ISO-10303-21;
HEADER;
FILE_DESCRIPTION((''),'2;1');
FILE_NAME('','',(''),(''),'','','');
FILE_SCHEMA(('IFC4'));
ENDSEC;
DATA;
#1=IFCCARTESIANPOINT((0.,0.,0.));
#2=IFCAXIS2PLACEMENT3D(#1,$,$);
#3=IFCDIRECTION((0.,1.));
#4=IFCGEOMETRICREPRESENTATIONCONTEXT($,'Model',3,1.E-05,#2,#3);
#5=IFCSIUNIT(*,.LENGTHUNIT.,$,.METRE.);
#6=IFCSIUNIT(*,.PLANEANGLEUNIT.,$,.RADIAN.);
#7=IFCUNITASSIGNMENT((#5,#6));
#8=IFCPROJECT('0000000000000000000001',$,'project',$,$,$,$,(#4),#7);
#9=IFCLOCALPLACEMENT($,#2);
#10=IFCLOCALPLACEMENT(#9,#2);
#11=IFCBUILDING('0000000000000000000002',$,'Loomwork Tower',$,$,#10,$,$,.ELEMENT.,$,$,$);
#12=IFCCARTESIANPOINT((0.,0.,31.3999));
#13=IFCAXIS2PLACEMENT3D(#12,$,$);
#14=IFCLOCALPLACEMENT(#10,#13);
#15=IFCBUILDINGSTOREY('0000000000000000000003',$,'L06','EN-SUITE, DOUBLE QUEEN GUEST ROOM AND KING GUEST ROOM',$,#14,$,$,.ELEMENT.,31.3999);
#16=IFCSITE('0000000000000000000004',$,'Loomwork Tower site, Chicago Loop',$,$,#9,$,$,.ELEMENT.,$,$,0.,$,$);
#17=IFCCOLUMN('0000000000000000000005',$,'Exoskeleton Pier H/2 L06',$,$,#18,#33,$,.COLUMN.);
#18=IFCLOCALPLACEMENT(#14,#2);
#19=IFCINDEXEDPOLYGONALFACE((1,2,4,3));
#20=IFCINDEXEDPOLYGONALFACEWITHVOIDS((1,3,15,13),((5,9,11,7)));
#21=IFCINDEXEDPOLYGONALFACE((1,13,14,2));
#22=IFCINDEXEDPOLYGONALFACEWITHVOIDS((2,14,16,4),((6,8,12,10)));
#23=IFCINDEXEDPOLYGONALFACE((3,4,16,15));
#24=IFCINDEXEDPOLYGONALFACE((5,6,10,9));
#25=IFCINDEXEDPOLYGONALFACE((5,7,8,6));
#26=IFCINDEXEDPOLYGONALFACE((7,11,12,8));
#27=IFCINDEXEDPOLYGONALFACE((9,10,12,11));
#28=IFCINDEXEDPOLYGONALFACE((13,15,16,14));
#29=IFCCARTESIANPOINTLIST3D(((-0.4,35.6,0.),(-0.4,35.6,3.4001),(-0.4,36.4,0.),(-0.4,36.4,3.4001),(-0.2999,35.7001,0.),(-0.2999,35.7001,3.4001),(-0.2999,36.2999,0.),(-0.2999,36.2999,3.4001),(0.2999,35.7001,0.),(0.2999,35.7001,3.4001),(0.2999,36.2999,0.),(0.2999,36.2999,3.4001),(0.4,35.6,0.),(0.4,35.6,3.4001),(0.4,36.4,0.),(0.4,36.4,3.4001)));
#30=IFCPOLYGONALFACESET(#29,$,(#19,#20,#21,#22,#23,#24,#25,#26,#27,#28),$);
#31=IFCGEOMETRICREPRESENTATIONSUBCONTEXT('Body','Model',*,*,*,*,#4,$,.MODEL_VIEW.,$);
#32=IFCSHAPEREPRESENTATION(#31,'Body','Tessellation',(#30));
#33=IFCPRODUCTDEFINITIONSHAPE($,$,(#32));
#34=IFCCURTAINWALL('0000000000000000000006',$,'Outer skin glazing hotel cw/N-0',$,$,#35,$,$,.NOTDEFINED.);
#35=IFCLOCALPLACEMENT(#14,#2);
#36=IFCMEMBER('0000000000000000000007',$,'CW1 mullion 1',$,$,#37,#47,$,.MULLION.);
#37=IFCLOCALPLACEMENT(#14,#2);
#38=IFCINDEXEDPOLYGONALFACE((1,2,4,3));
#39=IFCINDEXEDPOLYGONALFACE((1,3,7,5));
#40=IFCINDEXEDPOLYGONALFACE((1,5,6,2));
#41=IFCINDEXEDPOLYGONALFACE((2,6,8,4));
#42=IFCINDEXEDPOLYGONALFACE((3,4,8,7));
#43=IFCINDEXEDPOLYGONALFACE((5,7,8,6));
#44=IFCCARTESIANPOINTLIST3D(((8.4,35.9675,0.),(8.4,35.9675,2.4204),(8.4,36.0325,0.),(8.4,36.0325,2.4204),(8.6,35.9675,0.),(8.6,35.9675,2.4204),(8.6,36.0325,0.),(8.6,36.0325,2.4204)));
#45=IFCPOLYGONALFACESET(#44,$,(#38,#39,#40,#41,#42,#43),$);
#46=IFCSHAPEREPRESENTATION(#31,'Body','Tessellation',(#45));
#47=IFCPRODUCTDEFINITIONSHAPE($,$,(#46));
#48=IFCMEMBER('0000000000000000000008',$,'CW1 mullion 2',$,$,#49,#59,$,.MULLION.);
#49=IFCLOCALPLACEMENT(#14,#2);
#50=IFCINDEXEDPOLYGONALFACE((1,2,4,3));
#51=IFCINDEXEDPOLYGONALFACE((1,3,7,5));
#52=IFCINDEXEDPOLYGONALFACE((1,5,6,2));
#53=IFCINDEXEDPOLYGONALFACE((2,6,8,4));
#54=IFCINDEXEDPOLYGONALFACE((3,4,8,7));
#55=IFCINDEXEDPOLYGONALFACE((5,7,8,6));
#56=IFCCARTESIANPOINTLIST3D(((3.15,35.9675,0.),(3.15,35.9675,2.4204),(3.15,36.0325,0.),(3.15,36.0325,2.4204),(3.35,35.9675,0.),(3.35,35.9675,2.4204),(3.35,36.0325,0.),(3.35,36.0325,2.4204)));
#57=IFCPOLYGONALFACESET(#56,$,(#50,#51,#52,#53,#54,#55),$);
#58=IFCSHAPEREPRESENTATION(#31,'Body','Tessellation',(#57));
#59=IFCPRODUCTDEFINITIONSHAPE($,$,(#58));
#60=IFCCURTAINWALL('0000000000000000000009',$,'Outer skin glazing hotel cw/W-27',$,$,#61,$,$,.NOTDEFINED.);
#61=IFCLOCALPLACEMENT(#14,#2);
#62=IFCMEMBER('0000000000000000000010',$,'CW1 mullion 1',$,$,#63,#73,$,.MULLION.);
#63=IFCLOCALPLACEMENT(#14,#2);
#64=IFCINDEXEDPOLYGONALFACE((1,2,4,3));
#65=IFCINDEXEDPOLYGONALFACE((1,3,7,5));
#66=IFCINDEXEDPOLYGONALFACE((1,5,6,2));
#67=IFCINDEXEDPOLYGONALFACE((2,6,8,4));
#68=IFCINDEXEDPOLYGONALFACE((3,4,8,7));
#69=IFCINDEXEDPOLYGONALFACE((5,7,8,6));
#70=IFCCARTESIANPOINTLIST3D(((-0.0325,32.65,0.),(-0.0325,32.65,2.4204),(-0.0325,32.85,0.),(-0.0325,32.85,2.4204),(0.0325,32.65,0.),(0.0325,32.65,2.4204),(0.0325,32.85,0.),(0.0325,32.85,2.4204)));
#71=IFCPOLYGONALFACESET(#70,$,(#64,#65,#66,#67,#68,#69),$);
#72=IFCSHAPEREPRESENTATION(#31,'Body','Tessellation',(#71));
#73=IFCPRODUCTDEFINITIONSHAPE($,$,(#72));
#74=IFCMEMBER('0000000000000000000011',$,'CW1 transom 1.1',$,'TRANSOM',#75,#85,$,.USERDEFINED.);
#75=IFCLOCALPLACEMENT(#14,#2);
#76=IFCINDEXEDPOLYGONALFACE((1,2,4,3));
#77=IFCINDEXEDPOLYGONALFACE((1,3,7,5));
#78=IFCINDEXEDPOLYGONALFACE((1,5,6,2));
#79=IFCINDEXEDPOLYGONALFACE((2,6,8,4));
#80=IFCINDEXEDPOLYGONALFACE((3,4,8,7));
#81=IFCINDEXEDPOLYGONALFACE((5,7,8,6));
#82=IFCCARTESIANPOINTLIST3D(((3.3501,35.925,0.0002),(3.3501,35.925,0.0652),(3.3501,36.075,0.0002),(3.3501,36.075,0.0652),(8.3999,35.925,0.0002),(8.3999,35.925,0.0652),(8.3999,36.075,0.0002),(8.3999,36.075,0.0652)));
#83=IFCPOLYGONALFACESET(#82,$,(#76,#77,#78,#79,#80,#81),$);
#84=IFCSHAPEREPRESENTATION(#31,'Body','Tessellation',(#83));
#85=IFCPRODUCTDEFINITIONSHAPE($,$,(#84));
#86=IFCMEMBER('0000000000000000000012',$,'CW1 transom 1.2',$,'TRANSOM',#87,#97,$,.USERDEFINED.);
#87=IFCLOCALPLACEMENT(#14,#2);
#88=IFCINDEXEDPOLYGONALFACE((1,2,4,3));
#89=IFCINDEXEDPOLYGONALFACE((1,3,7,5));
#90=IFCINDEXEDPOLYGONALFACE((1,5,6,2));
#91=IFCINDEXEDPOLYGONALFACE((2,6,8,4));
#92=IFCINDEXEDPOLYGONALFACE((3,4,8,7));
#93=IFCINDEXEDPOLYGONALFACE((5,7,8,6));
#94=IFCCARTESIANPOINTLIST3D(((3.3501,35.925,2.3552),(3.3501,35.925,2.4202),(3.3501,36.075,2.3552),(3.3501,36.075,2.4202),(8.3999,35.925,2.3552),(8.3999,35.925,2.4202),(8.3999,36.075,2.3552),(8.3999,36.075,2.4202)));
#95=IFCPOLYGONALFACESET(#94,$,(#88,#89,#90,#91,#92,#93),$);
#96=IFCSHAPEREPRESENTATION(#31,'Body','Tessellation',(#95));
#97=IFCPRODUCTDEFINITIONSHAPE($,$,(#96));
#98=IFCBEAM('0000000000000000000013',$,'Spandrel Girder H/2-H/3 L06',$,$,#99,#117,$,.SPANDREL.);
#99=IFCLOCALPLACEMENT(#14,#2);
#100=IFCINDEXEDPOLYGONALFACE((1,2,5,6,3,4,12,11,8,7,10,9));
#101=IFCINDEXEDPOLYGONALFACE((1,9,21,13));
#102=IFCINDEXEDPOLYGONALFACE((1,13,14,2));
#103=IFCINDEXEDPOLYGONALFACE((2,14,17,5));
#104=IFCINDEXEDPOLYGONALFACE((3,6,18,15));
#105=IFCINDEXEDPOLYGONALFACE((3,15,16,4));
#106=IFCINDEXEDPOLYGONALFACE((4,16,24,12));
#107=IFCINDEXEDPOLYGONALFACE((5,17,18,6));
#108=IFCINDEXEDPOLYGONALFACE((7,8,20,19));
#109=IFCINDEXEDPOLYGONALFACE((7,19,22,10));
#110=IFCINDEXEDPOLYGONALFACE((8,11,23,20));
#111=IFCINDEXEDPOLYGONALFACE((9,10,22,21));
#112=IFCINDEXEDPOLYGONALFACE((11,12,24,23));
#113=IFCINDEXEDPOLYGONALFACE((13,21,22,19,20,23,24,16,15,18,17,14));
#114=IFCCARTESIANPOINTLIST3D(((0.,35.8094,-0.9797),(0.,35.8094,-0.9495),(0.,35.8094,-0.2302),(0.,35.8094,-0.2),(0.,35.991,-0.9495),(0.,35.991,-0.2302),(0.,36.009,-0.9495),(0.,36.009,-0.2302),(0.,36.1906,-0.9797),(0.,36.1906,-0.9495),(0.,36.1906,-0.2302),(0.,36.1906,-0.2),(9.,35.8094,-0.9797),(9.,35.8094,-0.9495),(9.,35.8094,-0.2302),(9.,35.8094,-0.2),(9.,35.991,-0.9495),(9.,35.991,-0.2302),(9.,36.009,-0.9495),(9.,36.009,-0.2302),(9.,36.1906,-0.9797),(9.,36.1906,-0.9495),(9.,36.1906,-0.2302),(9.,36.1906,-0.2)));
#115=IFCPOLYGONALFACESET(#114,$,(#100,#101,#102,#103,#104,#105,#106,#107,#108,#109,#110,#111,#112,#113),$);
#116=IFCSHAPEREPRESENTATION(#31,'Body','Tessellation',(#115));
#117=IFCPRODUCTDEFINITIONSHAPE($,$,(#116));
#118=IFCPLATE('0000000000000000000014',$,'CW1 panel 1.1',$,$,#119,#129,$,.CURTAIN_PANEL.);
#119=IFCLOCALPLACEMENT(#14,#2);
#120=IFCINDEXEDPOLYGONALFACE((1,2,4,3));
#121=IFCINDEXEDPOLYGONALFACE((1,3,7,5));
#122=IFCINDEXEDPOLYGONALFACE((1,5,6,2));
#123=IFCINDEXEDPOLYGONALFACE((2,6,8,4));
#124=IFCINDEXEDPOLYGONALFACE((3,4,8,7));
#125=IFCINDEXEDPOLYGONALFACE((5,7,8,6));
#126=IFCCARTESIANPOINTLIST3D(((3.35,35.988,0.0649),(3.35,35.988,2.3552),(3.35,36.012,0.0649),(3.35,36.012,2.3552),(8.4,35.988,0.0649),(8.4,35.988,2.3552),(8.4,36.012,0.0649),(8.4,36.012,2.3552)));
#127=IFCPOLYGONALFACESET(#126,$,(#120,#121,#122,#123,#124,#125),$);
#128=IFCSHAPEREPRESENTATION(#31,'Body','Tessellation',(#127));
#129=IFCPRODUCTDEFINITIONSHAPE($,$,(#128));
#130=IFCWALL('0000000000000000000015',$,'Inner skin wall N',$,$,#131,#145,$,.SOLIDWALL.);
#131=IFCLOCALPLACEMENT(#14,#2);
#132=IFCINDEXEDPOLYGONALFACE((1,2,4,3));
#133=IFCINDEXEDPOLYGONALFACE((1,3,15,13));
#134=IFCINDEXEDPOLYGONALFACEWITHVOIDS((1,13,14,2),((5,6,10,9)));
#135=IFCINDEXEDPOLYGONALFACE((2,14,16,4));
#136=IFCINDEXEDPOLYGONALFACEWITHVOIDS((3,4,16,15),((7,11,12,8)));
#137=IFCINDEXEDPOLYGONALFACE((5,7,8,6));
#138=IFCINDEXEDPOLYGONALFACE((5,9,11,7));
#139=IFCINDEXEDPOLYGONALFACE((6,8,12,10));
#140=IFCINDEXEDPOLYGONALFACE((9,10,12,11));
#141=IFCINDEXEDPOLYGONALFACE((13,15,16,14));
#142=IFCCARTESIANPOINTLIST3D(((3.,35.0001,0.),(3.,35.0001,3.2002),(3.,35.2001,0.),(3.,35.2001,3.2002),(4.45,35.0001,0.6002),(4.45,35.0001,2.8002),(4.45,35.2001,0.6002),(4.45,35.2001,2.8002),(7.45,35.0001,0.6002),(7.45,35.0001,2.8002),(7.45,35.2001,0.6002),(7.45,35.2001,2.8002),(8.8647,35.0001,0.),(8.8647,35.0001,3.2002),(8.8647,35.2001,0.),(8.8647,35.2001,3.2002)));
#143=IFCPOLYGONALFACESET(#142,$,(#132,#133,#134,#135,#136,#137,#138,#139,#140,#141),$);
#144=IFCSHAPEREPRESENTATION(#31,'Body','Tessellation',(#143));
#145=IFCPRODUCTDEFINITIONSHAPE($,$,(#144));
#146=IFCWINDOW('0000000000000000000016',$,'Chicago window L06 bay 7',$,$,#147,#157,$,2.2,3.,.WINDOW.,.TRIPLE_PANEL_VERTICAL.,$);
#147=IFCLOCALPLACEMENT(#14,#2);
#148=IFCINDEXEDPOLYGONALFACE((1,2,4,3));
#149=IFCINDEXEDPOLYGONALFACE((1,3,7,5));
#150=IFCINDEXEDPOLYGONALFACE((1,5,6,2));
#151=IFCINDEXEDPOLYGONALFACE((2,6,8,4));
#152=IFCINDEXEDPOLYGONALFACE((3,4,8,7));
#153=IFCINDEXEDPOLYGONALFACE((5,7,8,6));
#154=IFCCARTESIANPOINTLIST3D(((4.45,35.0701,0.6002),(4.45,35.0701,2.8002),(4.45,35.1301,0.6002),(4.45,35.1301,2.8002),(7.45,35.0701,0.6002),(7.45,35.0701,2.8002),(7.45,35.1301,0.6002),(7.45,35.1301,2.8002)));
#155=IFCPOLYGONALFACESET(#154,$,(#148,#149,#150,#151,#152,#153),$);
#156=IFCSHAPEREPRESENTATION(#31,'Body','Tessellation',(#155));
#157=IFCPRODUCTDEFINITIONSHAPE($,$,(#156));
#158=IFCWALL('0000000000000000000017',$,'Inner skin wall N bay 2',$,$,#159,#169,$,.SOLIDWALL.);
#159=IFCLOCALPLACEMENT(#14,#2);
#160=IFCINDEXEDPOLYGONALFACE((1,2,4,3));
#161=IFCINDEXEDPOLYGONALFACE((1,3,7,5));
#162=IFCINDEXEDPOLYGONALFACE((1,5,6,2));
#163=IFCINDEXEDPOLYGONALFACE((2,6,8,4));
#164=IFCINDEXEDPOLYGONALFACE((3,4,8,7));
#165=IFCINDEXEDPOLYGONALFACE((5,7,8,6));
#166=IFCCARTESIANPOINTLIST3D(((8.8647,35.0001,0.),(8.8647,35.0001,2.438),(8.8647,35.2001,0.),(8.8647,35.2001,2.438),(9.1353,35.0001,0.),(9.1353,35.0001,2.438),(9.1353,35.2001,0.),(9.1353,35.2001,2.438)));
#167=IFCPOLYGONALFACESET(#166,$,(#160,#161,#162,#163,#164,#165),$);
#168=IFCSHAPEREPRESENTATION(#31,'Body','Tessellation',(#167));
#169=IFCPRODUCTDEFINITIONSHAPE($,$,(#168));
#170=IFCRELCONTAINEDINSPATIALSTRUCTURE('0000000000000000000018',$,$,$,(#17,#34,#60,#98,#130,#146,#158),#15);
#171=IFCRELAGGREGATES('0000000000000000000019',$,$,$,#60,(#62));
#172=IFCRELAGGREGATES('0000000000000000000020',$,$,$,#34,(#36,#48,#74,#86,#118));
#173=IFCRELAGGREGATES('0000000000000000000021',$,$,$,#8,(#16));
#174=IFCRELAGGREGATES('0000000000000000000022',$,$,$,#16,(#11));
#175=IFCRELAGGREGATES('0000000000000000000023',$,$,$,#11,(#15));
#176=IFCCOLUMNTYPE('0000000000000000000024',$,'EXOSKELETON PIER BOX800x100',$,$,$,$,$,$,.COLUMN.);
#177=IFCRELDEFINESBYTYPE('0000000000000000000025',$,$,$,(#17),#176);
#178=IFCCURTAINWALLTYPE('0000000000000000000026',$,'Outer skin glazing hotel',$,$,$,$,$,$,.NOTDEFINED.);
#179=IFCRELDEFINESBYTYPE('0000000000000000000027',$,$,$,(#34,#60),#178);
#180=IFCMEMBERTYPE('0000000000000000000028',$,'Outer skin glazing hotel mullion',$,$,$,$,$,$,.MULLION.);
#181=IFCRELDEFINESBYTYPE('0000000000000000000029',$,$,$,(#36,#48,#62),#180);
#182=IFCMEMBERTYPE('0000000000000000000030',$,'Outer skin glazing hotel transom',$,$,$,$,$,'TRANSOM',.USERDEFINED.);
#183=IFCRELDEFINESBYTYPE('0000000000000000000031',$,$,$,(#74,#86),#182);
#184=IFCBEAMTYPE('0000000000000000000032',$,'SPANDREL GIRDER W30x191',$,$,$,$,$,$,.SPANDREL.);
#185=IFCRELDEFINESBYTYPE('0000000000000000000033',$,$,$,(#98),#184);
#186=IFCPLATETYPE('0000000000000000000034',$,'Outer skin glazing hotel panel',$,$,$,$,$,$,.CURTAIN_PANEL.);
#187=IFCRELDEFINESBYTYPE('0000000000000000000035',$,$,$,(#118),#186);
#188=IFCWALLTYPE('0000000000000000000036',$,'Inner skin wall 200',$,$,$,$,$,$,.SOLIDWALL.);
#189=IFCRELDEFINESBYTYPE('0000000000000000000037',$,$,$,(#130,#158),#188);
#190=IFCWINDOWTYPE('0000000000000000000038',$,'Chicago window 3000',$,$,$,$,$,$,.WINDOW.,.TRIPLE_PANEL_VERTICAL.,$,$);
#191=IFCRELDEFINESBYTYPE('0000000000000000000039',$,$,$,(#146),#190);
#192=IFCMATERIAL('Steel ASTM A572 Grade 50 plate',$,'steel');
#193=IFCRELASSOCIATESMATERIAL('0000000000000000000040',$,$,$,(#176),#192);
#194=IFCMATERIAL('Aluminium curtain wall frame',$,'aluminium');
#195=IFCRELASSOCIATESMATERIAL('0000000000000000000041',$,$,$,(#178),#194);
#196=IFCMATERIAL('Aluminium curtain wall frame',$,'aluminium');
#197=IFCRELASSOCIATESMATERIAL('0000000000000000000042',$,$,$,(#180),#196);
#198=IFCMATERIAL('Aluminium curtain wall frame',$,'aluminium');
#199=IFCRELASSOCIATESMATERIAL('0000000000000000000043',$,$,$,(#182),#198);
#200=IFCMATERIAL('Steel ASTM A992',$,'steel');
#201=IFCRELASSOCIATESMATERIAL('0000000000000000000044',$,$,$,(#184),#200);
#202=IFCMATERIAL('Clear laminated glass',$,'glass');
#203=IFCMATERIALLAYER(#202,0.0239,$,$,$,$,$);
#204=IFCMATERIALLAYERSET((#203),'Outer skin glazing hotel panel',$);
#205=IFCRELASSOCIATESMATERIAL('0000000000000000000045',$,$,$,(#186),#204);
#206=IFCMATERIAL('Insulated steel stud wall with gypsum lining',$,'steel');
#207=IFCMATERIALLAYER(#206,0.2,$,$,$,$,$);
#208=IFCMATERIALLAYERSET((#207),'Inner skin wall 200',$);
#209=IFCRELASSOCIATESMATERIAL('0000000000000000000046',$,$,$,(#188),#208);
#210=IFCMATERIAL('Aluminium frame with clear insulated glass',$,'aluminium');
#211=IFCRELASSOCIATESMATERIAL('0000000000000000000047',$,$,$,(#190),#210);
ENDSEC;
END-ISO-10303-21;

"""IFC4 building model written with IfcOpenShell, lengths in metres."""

from ifc_helpers import new_model, si_unit, direction, frame, frame_2d, origin, origin_2d, place, context, subcontext, project, spatial, rectangle, hollow_rectangle, i_section, extrude, material, layer, layer_set, material_profile, profile_set, type_object, element, fill, aggregate, save


model = new_model("IFC4")

# Units and contexts
model_context = context("Model", 3, precision=1e-05, world=origin(), true_north=direction((0.0, 1.0)))
body_context = subcontext(model_context, "Body", "Model", "MODEL_VIEW")
ifc_project = project(units=[si_unit("LENGTHUNIT", "METRE"), si_unit("PLANEANGLEUNIT", "RADIAN")], contexts=[model_context])

# Site, building, storey
site_placement = place(None, origin())
site = spatial("IfcSite", under=ifc_project, at=site_placement, Name="Loomwork Tower site, Chicago Loop", CompositionType="ELEMENT", RefElevation=0.0)
building_placement = place(site_placement, origin())
building = spatial("IfcBuilding", under=site, at=building_placement, Name="Loomwork Tower", CompositionType="ELEMENT")
storey_placement = place(building_placement, frame((0.0, 0.0, 31.3999)))
storey = spatial("IfcBuildingStorey", under=building, at=storey_placement, Name="L06", Description="EN-SUITE, DOUBLE QUEEN GUEST ROOM AND KING GUEST ROOM", CompositionType="ELEMENT", Elevation=31.3999)

# Column
ifc_material_1 = material(Name="Steel ASTM A572 Grade 50 plate", Category="steel")
ifc_material_profile_1 = material_profile(ifc_material_1, hollow_rectangle(XDim=0.8, YDim=0.8, WallThickness=0.1001, at=origin_2d()), Name="BOX800x100")
ifc_profile_set_1 = profile_set([ifc_material_profile_1], Name="Steel ASTM A572 Grade 50 plate")
column_type = type_object("IfcColumnType", Name="EXOSKELETON PIER BOX800x100", PredefinedType="COLUMN", material=ifc_profile_set_1)
column_placement = place(storey_placement, frame((0.0, 36.0, 0.0), z_axis=(0.0, 0.0, 1.0), x_axis=(1.0, 0.0, 0.0)))
element("IfcColumn", 1, at=column_placement, inside=storey, type_object=column_type, Name="Exoskeleton Pier H/2 L06", PredefinedType="COLUMN", context=body_context, shape_type="SweptSolid", body=[
    extrude(hollow_rectangle(XDim=0.8, YDim=0.8, WallThickness=0.1001, at=origin_2d()), origin(), (0.0, 0.0, 1.0), 3.4001),
])

# Curtain wall, members
ifc_material_2 = material(Name="Aluminium curtain wall frame", Category="aluminium")
curtain_wall_type = type_object("IfcCurtainWallType", Name="Outer skin glazing hotel", PredefinedType="NOTDEFINED", material=ifc_material_2)
curtain_wall_1_placement = place(storey_placement, origin())
curtain_wall_1 = element("IfcCurtainWall", 2, at=curtain_wall_1_placement, inside=storey, type_object=curtain_wall_type, Name="Outer skin glazing hotel cw/N-0", PredefinedType="NOTDEFINED")
ifc_material_3 = material(Name="Aluminium curtain wall frame", Category="aluminium")
ifc_material_profile_2 = material_profile(ifc_material_3, rectangle(XDim=0.0649, YDim=0.2, at=origin_2d()), Name="AL 65x200")
ifc_profile_set_2 = profile_set([ifc_material_profile_2], Name="Aluminium curtain wall frame")
member_type_1 = type_object("IfcMemberType", Name="Outer skin glazing hotel mullion", PredefinedType="MULLION", material=ifc_profile_set_2)
member_1_placement = place(storey_placement, frame((8.5, 36.0, 0.0), z_axis=(0.0, 0.0, 1.0), x_axis=(0.0, -1.0, 0.0)))
member_1 = element("IfcMember", 3, at=member_1_placement, type_object=member_type_1, Name="CW1 mullion 1", PredefinedType="MULLION", context=body_context, shape_type="SweptSolid", body=[
    extrude(rectangle(XDim=0.0649, YDim=0.2, at=origin_2d()), origin(), (0.0, 0.0, 1.0), 2.4204),
])
member_2_placement = place(storey_placement, frame((3.25, 36.0, 0.0), z_axis=(0.0, 0.0, 1.0), x_axis=(0.0, -1.0, 0.0)))
member_2 = element("IfcMember", 4, at=member_2_placement, type_object=member_type_1, Name="CW1 mullion 2", PredefinedType="MULLION", context=body_context, shape_type="SweptSolid", body=[
    extrude(rectangle(XDim=0.0649, YDim=0.2, at=origin_2d()), origin(), (0.0, 0.0, 1.0), 2.4204),
])

# Curtain wall, member
curtain_wall_2_placement = place(storey_placement, origin())
curtain_wall_2 = element("IfcCurtainWall", 5, at=curtain_wall_2_placement, inside=storey, type_object=curtain_wall_type, Name="Outer skin glazing hotel cw/W-27", PredefinedType="NOTDEFINED")
member_3_placement = place(storey_placement, frame((0.0, 32.75, 0.0), z_axis=(0.0, 0.0, 1.0), x_axis=(1.0, 0.0, 0.0)))
member_3 = element("IfcMember", 6, at=member_3_placement, type_object=member_type_1, Name="CW1 mullion 1", PredefinedType="MULLION", context=body_context, shape_type="SweptSolid", body=[
    extrude(rectangle(XDim=0.0649, YDim=0.2, at=origin_2d()), origin(), (0.0, 0.0, 1.0), 2.4204),
])
aggregate(curtain_wall_2, [member_3])

# Members
ifc_material_4 = material(Name="Aluminium curtain wall frame", Category="aluminium")
ifc_material_profile_3 = material_profile(ifc_material_4, rectangle(XDim=0.1499, YDim=0.0649, at=origin_2d()), Name="AL 65x150")
ifc_profile_set_3 = profile_set([ifc_material_profile_3], Name="Aluminium curtain wall frame")
member_type_2 = type_object("IfcMemberType", Name="Outer skin glazing hotel transom", ElementType="TRANSOM", PredefinedType="USERDEFINED", material=ifc_profile_set_3)
member_4_placement = place(storey_placement, frame((8.3999, 36.0, 0.0327), z_axis=(-1.0, 0.0, 0.0), x_axis=(0.0, -1.0, 0.0)))
member_4 = element("IfcMember", 7, at=member_4_placement, type_object=member_type_2, Name="CW1 transom 1.1", ObjectType="TRANSOM", PredefinedType="USERDEFINED", context=body_context, shape_type="SweptSolid", body=[
    extrude(rectangle(XDim=0.1499, YDim=0.0649, at=origin_2d()), origin(), (0.0, 0.0, 1.0), 5.0498),
])
member_5_placement = place(storey_placement, frame((8.3999, 36.0, 2.3877), z_axis=(-1.0, 0.0, 0.0), x_axis=(0.0, -1.0, 0.0)))
member_5 = element("IfcMember", 8, at=member_5_placement, type_object=member_type_2, Name="CW1 transom 1.2", ObjectType="TRANSOM", PredefinedType="USERDEFINED", context=body_context, shape_type="SweptSolid", body=[
    extrude(rectangle(XDim=0.1499, YDim=0.0649, at=origin_2d()), origin(), (0.0, 0.0, 1.0), 5.0498),
])

# Beam
ifc_material_5 = material(Name="Steel ASTM A992", Category="steel")
ifc_material_profile_4 = material_profile(ifc_material_5, i_section(OverallWidth=0.3811, OverallDepth=0.7798, WebThickness=0.0181, FlangeThickness=0.0303, at=origin_2d()), Name="W30x191")
ifc_profile_set_4 = profile_set([ifc_material_profile_4], Name="Steel ASTM A992")
beam_type = type_object("IfcBeamType", Name="SPANDREL GIRDER W30x191", PredefinedType="SPANDREL", material=ifc_profile_set_4)
beam_placement = place(storey_placement, frame((0.0, 36.0, -0.5898), z_axis=(1.0, 0.0, 0.0), x_axis=(0.0, 1.0, 0.0)))
element("IfcBeam", 9, at=beam_placement, inside=storey, type_object=beam_type, Name="Spandrel Girder H/2-H/3 L06", PredefinedType="SPANDREL", context=body_context, shape_type="SweptSolid", body=[
    extrude(i_section(OverallWidth=0.3811, OverallDepth=0.7798, WebThickness=0.0181, FlangeThickness=0.0303, at=origin_2d()), origin(), (0.0, 0.0, 1.0), 9.0),
])

# Plate
ifc_material_6 = material(Name="Clear laminated glass", Category="glass")
ifc_layer_1 = layer(ifc_material_6, 0.0239)
ifc_layer_set_1 = layer_set([ifc_layer_1], Name="Outer skin glazing hotel panel")
plate_type = type_object("IfcPlateType", Name="Outer skin glazing hotel panel", PredefinedType="CURTAIN_PANEL", material=ifc_layer_set_1)
plate_placement = place(storey_placement, frame((5.875, 36.0, 0.0649), z_axis=(0.0, 0.0, 1.0), x_axis=(-1.0, 0.0, 0.0)))
plate = element("IfcPlate", 10, at=plate_placement, type_object=plate_type, Name="CW1 panel 1.1", PredefinedType="CURTAIN_PANEL", context=body_context, shape_type="SweptSolid", body=[
    extrude(rectangle(XDim=5.05, YDim=0.0239, at=origin_2d()), origin(), (0.0, 0.0, 1.0), 2.2903),
])
aggregate(curtain_wall_1, [member_1, member_2, member_4, member_5, plate])

# Wall, opening, window
ifc_material_7 = material(Name="Insulated steel stud wall with gypsum lining", Category="steel")
ifc_layer_2 = layer(ifc_material_7, 0.2)
ifc_layer_set_2 = layer_set([ifc_layer_2], Name="Inner skin wall 200")
wall_type_1 = type_object("IfcWallType", Name="Inner skin wall 200", PredefinedType="SOLIDWALL", material=ifc_layer_set_2)
wall_1_placement = place(storey_placement, frame((3.0, 35.1001, 0.0), z_axis=(0.0, 0.0, 1.0), x_axis=(1.0, 0.0, 0.0)))
wall_1 = element("IfcWall", 11, at=wall_1_placement, inside=storey, type_object=wall_type_1, Name="Inner skin wall N", PredefinedType="SOLIDWALL", context=body_context, shape_type="SweptSolid", body=[
    extrude(rectangle(XDim=5.8647, YDim=0.2, at=frame_2d((2.9324, 0.0))), origin(), (0.0, 0.0, 1.0), 3.2002),
])
opening_1_placement = place(wall_1_placement, frame((1.45, 0.0, 0.6001)))
opening_1 = element("IfcOpeningElement", 12, at=opening_1_placement, cuts=wall_1, PredefinedType="OPENING", context=body_context, shape_type="SweptSolid", body=[
    extrude(rectangle(XDim=3.0, YDim=2.2, at=frame_2d((1.5, 1.1001))), frame((0.0, 0.1099, 0.0), z_axis=(0.0, -1.0, 0.0), x_axis=(1.0, 0.0, 0.0)), (0.0, 0.0, 1.0), 0.22),
])
ifc_material_8 = material(Name="Aluminium frame with clear insulated glass", Category="aluminium")
window_type_1 = type_object("IfcWindowType", Name="Chicago window 3000", PartitioningType="TRIPLE_PANEL_VERTICAL", PredefinedType="WINDOW", material=ifc_material_8)
window_1_placement = place(opening_1_placement, origin())
window_1 = element("IfcWindow", 13, at=window_1_placement, inside=storey, type_object=window_type_1, Name="Chicago window L06 bay 7", OverallHeight=2.2, OverallWidth=3.0, PartitioningType="TRIPLE_PANEL_VERTICAL", PredefinedType="WINDOW", context=body_context, shape_type="SweptSolid", body=[
    extrude(rectangle(XDim=3.0, YDim=2.2, at=frame_2d((1.5, 1.1001))), frame((0.0, 0.03, 0.0), z_axis=(0.0, -1.0, 0.0), x_axis=(1.0, 0.0, 0.0)), (0.0, 0.0, 1.0), 0.0601),
])
fill(opening_1, window_1)

# Wall
wall_2_placement = place(storey_placement, frame((8.8647, 35.1001, 0.0), z_axis=(0.0, 0.0, 1.0), x_axis=(1.0, 0.0, 0.0)))
element("IfcWall", 14, at=wall_2_placement, inside=storey, type_object=wall_type_1, Name="Inner skin wall N bay 2", PredefinedType="SOLIDWALL", context=body_context, shape_type="SweptSolid", body=[
    extrude(rectangle(XDim=0.2705, YDim=0.2, at=frame_2d((0.1353, 0.0))), origin(), (0.0, 0.0, 1.0), 2.438),
])

save(model, "model.ifc")
